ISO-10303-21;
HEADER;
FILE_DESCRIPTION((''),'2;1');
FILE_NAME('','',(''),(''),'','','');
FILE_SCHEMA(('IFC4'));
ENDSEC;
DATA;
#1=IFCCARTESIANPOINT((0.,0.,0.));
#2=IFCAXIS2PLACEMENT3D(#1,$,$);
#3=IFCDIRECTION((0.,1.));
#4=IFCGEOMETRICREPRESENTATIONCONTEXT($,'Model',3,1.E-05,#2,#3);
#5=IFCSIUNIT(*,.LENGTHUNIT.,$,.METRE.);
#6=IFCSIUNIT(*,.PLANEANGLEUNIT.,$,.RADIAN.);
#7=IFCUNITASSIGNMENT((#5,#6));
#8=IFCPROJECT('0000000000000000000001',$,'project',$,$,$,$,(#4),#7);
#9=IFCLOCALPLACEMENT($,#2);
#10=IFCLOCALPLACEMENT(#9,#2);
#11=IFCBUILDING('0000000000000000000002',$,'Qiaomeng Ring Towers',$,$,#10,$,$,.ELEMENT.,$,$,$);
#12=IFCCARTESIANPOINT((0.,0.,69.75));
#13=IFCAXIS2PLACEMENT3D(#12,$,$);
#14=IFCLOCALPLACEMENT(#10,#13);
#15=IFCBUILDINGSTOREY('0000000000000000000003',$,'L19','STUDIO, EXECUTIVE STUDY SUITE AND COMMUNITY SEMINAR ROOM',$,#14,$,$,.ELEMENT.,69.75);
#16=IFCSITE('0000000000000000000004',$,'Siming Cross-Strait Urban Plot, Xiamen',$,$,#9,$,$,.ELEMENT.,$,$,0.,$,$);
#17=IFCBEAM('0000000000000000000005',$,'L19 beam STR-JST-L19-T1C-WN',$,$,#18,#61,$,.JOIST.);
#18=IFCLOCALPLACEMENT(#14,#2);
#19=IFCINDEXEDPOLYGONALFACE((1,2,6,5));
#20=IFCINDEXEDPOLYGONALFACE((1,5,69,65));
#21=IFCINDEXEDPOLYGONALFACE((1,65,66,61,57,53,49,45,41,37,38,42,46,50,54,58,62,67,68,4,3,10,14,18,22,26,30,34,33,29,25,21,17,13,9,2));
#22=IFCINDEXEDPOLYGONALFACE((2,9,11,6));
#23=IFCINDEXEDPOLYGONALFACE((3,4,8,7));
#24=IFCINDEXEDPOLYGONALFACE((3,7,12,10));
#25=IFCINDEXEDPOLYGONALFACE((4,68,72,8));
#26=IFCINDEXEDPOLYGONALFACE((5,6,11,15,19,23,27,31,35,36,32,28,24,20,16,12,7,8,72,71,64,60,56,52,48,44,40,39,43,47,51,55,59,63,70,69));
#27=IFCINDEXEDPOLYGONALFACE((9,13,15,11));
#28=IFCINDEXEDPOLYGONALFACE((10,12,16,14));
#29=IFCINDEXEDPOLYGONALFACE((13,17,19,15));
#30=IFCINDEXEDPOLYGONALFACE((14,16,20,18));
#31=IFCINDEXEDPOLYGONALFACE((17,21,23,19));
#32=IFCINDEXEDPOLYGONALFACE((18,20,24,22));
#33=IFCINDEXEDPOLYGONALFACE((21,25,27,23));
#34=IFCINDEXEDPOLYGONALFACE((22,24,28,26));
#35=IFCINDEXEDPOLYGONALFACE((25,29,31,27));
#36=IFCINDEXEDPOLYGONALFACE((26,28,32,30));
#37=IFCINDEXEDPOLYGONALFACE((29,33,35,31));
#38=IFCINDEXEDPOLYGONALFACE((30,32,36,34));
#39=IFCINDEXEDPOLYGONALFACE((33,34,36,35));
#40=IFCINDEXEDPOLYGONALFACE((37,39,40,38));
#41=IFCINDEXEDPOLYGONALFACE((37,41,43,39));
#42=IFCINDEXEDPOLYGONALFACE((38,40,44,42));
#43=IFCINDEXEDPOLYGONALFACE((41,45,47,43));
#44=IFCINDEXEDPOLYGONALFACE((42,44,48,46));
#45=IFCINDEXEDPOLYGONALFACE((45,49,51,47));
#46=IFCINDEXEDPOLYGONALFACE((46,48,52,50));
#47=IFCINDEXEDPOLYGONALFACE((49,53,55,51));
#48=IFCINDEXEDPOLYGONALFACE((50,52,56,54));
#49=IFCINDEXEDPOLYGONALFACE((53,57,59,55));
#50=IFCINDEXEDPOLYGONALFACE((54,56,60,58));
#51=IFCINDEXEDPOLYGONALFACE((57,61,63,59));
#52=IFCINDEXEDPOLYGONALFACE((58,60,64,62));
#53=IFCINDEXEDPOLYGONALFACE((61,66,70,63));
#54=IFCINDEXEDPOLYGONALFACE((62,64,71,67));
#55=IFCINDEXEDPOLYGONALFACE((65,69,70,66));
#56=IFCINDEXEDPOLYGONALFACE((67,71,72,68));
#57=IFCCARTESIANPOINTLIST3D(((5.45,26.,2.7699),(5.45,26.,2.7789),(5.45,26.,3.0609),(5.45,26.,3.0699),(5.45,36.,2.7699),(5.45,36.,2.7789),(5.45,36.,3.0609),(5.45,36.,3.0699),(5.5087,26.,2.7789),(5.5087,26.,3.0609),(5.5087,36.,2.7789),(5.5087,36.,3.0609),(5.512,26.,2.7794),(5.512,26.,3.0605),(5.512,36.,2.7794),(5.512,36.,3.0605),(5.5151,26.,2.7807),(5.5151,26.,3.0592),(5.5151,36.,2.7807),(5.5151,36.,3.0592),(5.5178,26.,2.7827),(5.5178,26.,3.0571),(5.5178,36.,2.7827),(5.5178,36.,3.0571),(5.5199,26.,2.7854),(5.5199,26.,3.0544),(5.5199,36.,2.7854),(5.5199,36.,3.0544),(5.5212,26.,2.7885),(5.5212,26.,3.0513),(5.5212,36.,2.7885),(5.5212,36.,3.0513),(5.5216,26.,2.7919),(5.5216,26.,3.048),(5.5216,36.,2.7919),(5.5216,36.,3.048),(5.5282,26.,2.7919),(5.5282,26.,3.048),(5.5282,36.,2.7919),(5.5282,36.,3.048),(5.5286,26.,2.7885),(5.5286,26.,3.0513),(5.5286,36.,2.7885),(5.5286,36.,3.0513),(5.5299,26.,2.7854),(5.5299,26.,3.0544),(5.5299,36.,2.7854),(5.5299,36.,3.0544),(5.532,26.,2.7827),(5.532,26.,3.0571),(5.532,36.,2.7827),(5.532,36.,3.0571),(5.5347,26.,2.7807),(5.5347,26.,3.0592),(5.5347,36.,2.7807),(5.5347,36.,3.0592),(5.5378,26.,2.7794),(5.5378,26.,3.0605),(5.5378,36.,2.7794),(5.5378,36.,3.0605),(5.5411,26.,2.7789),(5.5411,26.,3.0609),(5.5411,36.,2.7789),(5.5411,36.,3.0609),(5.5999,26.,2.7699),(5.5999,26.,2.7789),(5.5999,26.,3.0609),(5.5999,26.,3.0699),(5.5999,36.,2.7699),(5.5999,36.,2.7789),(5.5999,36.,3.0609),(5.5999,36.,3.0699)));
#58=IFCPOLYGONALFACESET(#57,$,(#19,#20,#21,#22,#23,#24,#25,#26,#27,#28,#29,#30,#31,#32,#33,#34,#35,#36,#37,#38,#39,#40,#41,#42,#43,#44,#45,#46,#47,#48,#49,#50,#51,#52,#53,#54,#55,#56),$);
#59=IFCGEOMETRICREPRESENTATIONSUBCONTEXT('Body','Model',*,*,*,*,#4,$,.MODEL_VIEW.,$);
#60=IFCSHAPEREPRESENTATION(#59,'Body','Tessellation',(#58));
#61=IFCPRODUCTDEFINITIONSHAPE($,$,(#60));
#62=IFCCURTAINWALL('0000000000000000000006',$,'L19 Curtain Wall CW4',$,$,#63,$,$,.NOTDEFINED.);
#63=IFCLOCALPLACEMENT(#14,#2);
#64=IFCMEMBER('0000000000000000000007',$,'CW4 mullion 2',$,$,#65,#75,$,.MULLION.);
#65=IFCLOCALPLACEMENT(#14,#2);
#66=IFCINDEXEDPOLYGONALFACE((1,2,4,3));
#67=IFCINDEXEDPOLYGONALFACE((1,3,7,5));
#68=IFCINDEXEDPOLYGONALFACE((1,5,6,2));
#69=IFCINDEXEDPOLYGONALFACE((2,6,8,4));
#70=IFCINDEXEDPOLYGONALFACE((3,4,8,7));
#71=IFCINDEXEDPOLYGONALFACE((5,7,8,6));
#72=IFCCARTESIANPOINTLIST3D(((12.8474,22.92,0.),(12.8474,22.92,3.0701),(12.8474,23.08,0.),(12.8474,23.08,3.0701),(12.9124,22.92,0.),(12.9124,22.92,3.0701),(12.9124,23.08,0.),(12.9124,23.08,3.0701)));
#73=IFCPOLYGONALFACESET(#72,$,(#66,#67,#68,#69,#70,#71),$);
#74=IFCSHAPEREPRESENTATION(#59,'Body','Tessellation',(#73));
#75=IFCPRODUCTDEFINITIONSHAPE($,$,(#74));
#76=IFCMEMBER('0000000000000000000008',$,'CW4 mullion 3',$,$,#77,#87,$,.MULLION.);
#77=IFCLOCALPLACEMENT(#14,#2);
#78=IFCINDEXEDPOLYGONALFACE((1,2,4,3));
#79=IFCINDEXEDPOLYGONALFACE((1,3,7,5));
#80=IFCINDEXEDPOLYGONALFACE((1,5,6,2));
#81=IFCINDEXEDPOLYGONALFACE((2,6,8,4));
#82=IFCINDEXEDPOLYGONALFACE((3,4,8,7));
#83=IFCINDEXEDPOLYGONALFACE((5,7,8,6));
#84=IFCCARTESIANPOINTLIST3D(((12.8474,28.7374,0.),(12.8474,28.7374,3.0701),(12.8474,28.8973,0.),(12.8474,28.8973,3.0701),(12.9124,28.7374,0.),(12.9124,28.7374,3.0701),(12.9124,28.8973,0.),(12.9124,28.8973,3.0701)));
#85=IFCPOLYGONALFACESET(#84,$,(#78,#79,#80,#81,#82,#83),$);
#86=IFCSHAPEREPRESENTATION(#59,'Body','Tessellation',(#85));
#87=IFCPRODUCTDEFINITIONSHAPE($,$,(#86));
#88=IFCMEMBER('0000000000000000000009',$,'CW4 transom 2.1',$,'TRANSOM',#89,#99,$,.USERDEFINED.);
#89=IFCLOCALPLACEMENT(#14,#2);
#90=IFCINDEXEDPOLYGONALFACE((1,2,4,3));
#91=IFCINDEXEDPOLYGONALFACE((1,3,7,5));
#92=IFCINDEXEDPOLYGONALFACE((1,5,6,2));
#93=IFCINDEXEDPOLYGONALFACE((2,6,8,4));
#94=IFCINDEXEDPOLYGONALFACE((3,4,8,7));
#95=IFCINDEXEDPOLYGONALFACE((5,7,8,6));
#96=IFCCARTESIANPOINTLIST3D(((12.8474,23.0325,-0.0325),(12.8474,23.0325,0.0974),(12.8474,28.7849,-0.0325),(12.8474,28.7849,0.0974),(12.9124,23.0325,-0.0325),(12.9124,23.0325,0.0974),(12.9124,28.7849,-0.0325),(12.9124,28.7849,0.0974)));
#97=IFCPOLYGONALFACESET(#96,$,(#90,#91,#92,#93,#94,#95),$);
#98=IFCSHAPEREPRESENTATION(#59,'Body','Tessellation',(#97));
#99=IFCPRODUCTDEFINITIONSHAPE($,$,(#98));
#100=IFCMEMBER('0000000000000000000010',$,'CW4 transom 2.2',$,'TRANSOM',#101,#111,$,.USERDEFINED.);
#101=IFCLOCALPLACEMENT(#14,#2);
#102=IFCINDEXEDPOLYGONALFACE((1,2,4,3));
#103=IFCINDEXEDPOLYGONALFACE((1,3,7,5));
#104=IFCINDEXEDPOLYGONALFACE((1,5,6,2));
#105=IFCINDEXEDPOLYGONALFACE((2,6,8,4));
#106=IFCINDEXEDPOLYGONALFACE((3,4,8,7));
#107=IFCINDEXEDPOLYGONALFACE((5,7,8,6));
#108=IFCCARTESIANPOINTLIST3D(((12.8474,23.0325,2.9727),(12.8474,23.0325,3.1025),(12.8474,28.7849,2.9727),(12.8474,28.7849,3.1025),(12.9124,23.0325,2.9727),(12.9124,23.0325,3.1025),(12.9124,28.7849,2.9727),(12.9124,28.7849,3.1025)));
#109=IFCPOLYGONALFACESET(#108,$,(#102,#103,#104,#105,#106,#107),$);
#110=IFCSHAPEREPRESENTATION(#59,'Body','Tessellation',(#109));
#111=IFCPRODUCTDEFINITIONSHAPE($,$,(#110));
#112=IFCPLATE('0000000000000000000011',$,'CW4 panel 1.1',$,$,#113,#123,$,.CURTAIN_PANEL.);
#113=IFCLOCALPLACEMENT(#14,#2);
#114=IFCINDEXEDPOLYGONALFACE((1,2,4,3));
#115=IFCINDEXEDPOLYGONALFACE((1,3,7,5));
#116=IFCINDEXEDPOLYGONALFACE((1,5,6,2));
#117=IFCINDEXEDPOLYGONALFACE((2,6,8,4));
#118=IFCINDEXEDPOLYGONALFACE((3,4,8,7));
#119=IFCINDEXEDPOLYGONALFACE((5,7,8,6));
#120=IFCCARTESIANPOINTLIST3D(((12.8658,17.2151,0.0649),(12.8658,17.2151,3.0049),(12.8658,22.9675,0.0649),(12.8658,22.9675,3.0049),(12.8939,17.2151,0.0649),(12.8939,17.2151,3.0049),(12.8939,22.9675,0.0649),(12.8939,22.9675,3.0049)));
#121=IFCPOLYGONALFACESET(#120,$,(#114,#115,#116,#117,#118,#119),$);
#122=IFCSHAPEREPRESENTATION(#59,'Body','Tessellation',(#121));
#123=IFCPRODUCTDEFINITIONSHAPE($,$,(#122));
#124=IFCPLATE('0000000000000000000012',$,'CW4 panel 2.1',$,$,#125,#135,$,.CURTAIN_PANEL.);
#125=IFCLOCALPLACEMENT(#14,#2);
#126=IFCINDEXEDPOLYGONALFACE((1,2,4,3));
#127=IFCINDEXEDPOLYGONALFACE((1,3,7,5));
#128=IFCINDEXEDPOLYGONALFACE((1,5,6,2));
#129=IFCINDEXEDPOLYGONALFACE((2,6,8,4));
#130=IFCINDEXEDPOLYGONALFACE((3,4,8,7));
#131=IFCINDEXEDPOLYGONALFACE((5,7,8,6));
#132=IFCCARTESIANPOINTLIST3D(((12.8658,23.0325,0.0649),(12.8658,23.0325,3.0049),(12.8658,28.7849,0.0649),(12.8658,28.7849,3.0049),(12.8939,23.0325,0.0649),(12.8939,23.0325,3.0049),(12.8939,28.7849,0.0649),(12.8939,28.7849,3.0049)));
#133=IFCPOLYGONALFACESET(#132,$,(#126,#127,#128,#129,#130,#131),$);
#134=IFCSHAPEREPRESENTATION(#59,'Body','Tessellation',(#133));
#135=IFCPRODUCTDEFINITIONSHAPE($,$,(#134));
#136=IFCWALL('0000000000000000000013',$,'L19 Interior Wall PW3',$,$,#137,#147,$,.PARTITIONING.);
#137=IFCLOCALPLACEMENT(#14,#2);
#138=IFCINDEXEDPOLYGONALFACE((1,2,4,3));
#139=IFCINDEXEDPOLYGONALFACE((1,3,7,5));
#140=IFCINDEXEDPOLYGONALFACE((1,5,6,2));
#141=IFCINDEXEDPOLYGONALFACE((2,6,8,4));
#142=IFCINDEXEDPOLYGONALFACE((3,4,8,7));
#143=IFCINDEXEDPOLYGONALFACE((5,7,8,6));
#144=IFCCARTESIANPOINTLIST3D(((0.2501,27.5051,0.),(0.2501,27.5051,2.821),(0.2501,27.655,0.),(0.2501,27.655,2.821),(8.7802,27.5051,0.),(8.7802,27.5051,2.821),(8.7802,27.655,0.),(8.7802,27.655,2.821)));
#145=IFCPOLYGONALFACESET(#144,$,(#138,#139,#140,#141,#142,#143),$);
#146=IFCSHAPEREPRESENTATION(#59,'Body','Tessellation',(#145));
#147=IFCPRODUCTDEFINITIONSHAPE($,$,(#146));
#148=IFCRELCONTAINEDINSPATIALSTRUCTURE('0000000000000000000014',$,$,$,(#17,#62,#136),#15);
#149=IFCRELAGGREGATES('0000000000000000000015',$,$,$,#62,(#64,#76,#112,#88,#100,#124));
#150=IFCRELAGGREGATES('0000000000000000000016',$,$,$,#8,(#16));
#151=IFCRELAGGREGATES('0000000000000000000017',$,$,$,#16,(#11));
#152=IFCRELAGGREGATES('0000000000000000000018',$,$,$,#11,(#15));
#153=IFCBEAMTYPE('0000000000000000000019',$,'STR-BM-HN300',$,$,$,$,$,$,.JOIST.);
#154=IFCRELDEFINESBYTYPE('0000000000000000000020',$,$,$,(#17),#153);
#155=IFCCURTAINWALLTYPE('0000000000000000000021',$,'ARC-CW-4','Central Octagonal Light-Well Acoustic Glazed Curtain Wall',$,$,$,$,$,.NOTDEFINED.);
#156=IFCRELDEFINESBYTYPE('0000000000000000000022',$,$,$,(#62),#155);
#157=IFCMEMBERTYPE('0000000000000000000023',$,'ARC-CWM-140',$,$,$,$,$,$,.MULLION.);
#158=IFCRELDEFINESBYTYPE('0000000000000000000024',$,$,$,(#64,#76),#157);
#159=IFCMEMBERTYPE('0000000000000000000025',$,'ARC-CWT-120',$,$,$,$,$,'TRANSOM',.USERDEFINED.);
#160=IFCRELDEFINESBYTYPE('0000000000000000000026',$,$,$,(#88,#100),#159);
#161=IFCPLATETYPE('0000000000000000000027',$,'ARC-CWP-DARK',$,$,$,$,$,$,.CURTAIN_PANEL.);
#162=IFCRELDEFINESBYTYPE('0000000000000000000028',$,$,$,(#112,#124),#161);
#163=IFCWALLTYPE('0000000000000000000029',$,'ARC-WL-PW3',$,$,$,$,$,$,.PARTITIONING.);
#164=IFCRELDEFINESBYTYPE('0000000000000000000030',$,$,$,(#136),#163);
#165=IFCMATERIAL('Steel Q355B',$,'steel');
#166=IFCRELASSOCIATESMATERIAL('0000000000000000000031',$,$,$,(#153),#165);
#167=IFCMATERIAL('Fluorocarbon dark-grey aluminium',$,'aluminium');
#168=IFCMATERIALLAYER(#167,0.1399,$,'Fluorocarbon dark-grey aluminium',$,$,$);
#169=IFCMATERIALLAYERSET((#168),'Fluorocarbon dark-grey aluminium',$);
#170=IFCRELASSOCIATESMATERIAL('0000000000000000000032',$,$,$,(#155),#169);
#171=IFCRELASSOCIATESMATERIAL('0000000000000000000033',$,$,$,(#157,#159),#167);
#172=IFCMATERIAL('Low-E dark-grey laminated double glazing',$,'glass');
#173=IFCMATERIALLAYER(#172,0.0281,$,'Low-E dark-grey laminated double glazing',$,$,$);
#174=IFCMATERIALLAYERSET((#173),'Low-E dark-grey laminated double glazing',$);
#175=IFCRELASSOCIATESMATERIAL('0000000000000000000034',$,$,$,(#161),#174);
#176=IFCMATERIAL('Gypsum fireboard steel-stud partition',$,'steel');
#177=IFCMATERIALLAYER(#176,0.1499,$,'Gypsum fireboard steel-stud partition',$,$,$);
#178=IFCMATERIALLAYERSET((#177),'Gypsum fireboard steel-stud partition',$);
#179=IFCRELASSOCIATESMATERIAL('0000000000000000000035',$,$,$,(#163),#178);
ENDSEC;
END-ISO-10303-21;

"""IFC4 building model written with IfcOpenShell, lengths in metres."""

from ifc_helpers import new_model, si_unit, direction, frame, frame_2d, origin, origin_2d, place, context, subcontext, project, spatial, rectangle, i_section, extrude, source, transform, mapped, material, layer, layer_set, material_profile, profile_set, type_object, element, aggregate, save


model = new_model("IFC4")

# Units and contexts
model_context = context("Model", 3, precision=1e-05, world=origin(), true_north=direction((0.0, 1.0)))
body_context = subcontext(model_context, "Body", "Model", "MODEL_VIEW")
ifc_project = project(units=[si_unit("LENGTHUNIT", "METRE"), si_unit("PLANEANGLEUNIT", "RADIAN")], contexts=[model_context])

# Site, building, storey
site_placement = place(None, origin())
site = spatial("IfcSite", under=ifc_project, at=site_placement, Name="Siming Cross-Strait Urban Plot, Xiamen", CompositionType="ELEMENT", RefElevation=0.0)
building_placement = place(site_placement, origin())
building = spatial("IfcBuilding", under=site, at=building_placement, Name="Qiaomeng Ring Towers", CompositionType="ELEMENT")
storey_placement = place(building_placement, frame((0.0, 0.0, 69.75)))
storey = spatial("IfcBuildingStorey", under=building, at=storey_placement, Name="L19", Description="STUDIO, EXECUTIVE STUDY SUITE AND COMMUNITY SEMINAR ROOM", CompositionType="ELEMENT", Elevation=69.75)

# Beam
ifc_material_1 = material(Name="Steel Q355B", Category="steel")
ifc_material_profile_1 = material_profile(ifc_material_1, i_section(OverallWidth=0.1499, OverallDepth=0.3, WebThickness=0.0066, FlangeThickness=0.009, FilletRadius=0.0129, at=origin_2d()), Name="HN 300x150x6.5x9")
ifc_profile_set_1 = profile_set([ifc_material_profile_1], Name="Steel Q355B")
beam_type_1 = type_object("IfcBeamType", Name="STR-BM-HN300", PredefinedType="JOIST", material=ifc_profile_set_1)
shared_shape_1 = source(origin(), body_context, "Body", "SweptSolid", [
    extrude(i_section(OverallWidth=0.1499, OverallDepth=0.3, WebThickness=0.0066, FlangeThickness=0.009, FilletRadius=0.0129, at=origin_2d()), origin(), (0.0, 0.0, 1.0), 10.0),
])
beam_1_placement = place(storey_placement, frame((5.5249, 26.0, 2.9199), z_axis=(0.0, 1.0, 0.0), x_axis=(-1.0, 0.0, 0.0)))
element("IfcBeam", 1, at=beam_1_placement, inside=storey, type_object=beam_type_1, Name="L19 beam STR-JST-L19-T1C-WN", PredefinedType="JOIST", context=body_context, shape_type="MappedRepresentation", body=[
    mapped(shared_shape_1, transform((0.0, 0.0, 0.0), x_axis=(1.0, 0.0, 0.0), y_axis=(0.0, 1.0, 0.0), z_axis=(0.0, 0.0, 1.0), scale=1.0)),
])

# Curtain wall, members, plates
ifc_material_2 = material(Name="Fluorocarbon dark-grey aluminium", Category="aluminium")
ifc_layer_1 = layer(ifc_material_2, 0.1399, Name="Fluorocarbon dark-grey aluminium")
ifc_layer_set_1 = layer_set([ifc_layer_1], Name="Fluorocarbon dark-grey aluminium")
curtain_wall_type = type_object("IfcCurtainWallType", Name="ARC-CW-4", Description="Central Octagonal Light-Well Acoustic Glazed Curtain Wall", PredefinedType="NOTDEFINED", material=ifc_layer_set_1)
curtain_wall_placement = place(storey_placement, origin())
curtain_wall = element("IfcCurtainWall", 2, at=curtain_wall_placement, inside=storey, type_object=curtain_wall_type, Name="L19 Curtain Wall CW4", PredefinedType="NOTDEFINED")
ifc_material_profile_2 = material_profile(ifc_material_2, rectangle(XDim=0.0649, YDim=0.1599, at=origin_2d()), Name="ALU MULL 65x160")
ifc_profile_set_2 = profile_set([ifc_material_profile_2], Name="Fluorocarbon dark-grey aluminium")
member_type_1 = type_object("IfcMemberType", Name="ARC-CWM-140", PredefinedType="MULLION", material=ifc_profile_set_2)
shared_shape_2 = source(origin(), body_context, "Body", "SweptSolid", [
    extrude(rectangle(XDim=0.0649, YDim=0.1599, at=origin_2d()), origin(), (0.0, 0.0, 1.0), 3.0701),
])
member_1_placement = place(storey_placement, frame((12.8799, 23.0, 0.0), z_axis=(0.0, 0.0, 1.0), x_axis=(-1.0, 0.0, 0.0)))
member_1 = element("IfcMember", 3, at=member_1_placement, type_object=member_type_1, Name="CW4 mullion 2", PredefinedType="MULLION", context=body_context, shape_type="MappedRepresentation", body=[
    mapped(shared_shape_2, transform((0.0, 0.0, 0.0), x_axis=(1.0, 0.0, 0.0), y_axis=(0.0, 1.0, 0.0), z_axis=(0.0, 0.0, 1.0), scale=1.0)),
])
member_2_placement = place(storey_placement, frame((12.8799, 28.8174, 0.0), z_axis=(0.0, 0.0, 1.0), x_axis=(-1.0, 0.0, 0.0)))
member_2 = element("IfcMember", 4, at=member_2_placement, type_object=member_type_1, Name="CW4 mullion 3", PredefinedType="MULLION", context=body_context, shape_type="MappedRepresentation", body=[
    mapped(shared_shape_2, transform((0.0, 0.0, 0.0), x_axis=(1.0, 0.0, 0.0), y_axis=(0.0, 1.0, 0.0), z_axis=(0.0, 0.0, 1.0), scale=1.0)),
])
ifc_material_profile_3 = material_profile(ifc_material_2, rectangle(XDim=0.0649, YDim=0.1299, at=origin_2d()), Name="ALU TRAN 65x130")
ifc_profile_set_3 = profile_set([ifc_material_profile_3], Name="Fluorocarbon dark-grey aluminium")
member_type_2 = type_object("IfcMemberType", Name="ARC-CWT-120", ElementType="TRANSOM", PredefinedType="USERDEFINED", material=ifc_profile_set_3)
shared_shape_3 = source(origin(), body_context, "Body", "SweptSolid", [
    extrude(rectangle(XDim=0.0649, YDim=0.1299, at=origin_2d()), origin(), (0.0, 0.0, 1.0), 5.7524),
])
member_3_placement = place(storey_placement, frame((12.8799, 23.0325, 0.0325), z_axis=(0.0, 1.0, 0.0), x_axis=(-1.0, 0.0, 0.0)))
member_3 = element("IfcMember", 5, at=member_3_placement, type_object=member_type_2, Name="CW4 transom 2.1", ObjectType="TRANSOM", PredefinedType="USERDEFINED", context=body_context, shape_type="MappedRepresentation", body=[
    mapped(shared_shape_3, transform((0.0, 0.0, 0.0), x_axis=(1.0, 0.0, 0.0), y_axis=(0.0, 1.0, 0.0), z_axis=(0.0, 0.0, 1.0), scale=1.0)),
])
member_4_placement = place(storey_placement, frame((12.8799, 23.0325, 3.0376), z_axis=(0.0, 1.0, 0.0), x_axis=(-1.0, 0.0, 0.0)))
member_4 = element("IfcMember", 6, at=member_4_placement, type_object=member_type_2, Name="CW4 transom 2.2", ObjectType="TRANSOM", PredefinedType="USERDEFINED", context=body_context, shape_type="MappedRepresentation", body=[
    mapped(shared_shape_3, transform((0.0, 0.0, 0.0), x_axis=(1.0, 0.0, 0.0), y_axis=(0.0, 1.0, 0.0), z_axis=(0.0, 0.0, 1.0), scale=1.0)),
])
ifc_material_3 = material(Name="Low-E dark-grey laminated double glazing", Category="glass")
ifc_layer_2 = layer(ifc_material_3, 0.0281, Name="Low-E dark-grey laminated double glazing")
ifc_layer_set_2 = layer_set([ifc_layer_2], Name="Low-E dark-grey laminated double glazing")
plate_type = type_object("IfcPlateType", Name="ARC-CWP-DARK", PredefinedType="CURTAIN_PANEL", material=ifc_layer_set_2)
shared_shape_4 = source(origin(), body_context, "Body", "SweptSolid", [
    extrude(rectangle(XDim=5.7524, YDim=0.0281, at=origin_2d()), origin(), (0.0, 0.0, 1.0), 2.9399),
])
plate_1_placement = place(storey_placement, frame((12.8799, 20.0913, 0.0649), z_axis=(0.0, 0.0, 1.0), x_axis=(0.0, 1.0, 0.0)))
plate_1 = element("IfcPlate", 7, at=plate_1_placement, type_object=plate_type, Name="CW4 panel 1.1", PredefinedType="CURTAIN_PANEL", context=body_context, shape_type="MappedRepresentation", body=[
    mapped(shared_shape_4, transform((0.0, 0.0, 0.0), x_axis=(1.0, 0.0, 0.0), y_axis=(0.0, 1.0, 0.0), z_axis=(0.0, 0.0, 1.0), scale=1.0)),
])
plate_2_placement = place(storey_placement, frame((12.8799, 25.9087, 0.0649), z_axis=(0.0, 0.0, 1.0), x_axis=(0.0, 1.0, 0.0)))
plate_2 = element("IfcPlate", 8, at=plate_2_placement, type_object=plate_type, Name="CW4 panel 2.1", PredefinedType="CURTAIN_PANEL", context=body_context, shape_type="MappedRepresentation", body=[
    mapped(shared_shape_4, transform((0.0, 0.0, 0.0), x_axis=(1.0, 0.0, 0.0), y_axis=(0.0, 1.0, 0.0), z_axis=(0.0, 0.0, 1.0), scale=1.0)),
])
aggregate(curtain_wall, [member_1, member_2, plate_1, member_3, member_4, plate_2])

# Wall
ifc_material_4 = material(Name="Gypsum fireboard steel-stud partition", Category="steel")
ifc_layer_3 = layer(ifc_material_4, 0.1499, Name="Gypsum fireboard steel-stud partition")
ifc_layer_set_3 = layer_set([ifc_layer_3], Name="Gypsum fireboard steel-stud partition")
wall_type_1 = type_object("IfcWallType", Name="ARC-WL-PW3", PredefinedType="PARTITIONING", material=ifc_layer_set_3)
wall_1_placement = place(storey_placement, frame((0.25, 27.5801, 0.0), z_axis=(0.0, 0.0, 1.0), x_axis=(1.0, 0.0, 0.0)))
element("IfcWall", 9, at=wall_1_placement, inside=storey, type_object=wall_type_1, Name="L19 Interior Wall PW3", PredefinedType="PARTITIONING", context=body_context, shape_type="SweptSolid", body=[
    extrude(rectangle(XDim=8.53, YDim=0.1499, at=frame_2d((4.2651, 0.0))), origin(), (0.0, 0.0, 1.0), 2.821),
])

save(model, "model.ifc")
